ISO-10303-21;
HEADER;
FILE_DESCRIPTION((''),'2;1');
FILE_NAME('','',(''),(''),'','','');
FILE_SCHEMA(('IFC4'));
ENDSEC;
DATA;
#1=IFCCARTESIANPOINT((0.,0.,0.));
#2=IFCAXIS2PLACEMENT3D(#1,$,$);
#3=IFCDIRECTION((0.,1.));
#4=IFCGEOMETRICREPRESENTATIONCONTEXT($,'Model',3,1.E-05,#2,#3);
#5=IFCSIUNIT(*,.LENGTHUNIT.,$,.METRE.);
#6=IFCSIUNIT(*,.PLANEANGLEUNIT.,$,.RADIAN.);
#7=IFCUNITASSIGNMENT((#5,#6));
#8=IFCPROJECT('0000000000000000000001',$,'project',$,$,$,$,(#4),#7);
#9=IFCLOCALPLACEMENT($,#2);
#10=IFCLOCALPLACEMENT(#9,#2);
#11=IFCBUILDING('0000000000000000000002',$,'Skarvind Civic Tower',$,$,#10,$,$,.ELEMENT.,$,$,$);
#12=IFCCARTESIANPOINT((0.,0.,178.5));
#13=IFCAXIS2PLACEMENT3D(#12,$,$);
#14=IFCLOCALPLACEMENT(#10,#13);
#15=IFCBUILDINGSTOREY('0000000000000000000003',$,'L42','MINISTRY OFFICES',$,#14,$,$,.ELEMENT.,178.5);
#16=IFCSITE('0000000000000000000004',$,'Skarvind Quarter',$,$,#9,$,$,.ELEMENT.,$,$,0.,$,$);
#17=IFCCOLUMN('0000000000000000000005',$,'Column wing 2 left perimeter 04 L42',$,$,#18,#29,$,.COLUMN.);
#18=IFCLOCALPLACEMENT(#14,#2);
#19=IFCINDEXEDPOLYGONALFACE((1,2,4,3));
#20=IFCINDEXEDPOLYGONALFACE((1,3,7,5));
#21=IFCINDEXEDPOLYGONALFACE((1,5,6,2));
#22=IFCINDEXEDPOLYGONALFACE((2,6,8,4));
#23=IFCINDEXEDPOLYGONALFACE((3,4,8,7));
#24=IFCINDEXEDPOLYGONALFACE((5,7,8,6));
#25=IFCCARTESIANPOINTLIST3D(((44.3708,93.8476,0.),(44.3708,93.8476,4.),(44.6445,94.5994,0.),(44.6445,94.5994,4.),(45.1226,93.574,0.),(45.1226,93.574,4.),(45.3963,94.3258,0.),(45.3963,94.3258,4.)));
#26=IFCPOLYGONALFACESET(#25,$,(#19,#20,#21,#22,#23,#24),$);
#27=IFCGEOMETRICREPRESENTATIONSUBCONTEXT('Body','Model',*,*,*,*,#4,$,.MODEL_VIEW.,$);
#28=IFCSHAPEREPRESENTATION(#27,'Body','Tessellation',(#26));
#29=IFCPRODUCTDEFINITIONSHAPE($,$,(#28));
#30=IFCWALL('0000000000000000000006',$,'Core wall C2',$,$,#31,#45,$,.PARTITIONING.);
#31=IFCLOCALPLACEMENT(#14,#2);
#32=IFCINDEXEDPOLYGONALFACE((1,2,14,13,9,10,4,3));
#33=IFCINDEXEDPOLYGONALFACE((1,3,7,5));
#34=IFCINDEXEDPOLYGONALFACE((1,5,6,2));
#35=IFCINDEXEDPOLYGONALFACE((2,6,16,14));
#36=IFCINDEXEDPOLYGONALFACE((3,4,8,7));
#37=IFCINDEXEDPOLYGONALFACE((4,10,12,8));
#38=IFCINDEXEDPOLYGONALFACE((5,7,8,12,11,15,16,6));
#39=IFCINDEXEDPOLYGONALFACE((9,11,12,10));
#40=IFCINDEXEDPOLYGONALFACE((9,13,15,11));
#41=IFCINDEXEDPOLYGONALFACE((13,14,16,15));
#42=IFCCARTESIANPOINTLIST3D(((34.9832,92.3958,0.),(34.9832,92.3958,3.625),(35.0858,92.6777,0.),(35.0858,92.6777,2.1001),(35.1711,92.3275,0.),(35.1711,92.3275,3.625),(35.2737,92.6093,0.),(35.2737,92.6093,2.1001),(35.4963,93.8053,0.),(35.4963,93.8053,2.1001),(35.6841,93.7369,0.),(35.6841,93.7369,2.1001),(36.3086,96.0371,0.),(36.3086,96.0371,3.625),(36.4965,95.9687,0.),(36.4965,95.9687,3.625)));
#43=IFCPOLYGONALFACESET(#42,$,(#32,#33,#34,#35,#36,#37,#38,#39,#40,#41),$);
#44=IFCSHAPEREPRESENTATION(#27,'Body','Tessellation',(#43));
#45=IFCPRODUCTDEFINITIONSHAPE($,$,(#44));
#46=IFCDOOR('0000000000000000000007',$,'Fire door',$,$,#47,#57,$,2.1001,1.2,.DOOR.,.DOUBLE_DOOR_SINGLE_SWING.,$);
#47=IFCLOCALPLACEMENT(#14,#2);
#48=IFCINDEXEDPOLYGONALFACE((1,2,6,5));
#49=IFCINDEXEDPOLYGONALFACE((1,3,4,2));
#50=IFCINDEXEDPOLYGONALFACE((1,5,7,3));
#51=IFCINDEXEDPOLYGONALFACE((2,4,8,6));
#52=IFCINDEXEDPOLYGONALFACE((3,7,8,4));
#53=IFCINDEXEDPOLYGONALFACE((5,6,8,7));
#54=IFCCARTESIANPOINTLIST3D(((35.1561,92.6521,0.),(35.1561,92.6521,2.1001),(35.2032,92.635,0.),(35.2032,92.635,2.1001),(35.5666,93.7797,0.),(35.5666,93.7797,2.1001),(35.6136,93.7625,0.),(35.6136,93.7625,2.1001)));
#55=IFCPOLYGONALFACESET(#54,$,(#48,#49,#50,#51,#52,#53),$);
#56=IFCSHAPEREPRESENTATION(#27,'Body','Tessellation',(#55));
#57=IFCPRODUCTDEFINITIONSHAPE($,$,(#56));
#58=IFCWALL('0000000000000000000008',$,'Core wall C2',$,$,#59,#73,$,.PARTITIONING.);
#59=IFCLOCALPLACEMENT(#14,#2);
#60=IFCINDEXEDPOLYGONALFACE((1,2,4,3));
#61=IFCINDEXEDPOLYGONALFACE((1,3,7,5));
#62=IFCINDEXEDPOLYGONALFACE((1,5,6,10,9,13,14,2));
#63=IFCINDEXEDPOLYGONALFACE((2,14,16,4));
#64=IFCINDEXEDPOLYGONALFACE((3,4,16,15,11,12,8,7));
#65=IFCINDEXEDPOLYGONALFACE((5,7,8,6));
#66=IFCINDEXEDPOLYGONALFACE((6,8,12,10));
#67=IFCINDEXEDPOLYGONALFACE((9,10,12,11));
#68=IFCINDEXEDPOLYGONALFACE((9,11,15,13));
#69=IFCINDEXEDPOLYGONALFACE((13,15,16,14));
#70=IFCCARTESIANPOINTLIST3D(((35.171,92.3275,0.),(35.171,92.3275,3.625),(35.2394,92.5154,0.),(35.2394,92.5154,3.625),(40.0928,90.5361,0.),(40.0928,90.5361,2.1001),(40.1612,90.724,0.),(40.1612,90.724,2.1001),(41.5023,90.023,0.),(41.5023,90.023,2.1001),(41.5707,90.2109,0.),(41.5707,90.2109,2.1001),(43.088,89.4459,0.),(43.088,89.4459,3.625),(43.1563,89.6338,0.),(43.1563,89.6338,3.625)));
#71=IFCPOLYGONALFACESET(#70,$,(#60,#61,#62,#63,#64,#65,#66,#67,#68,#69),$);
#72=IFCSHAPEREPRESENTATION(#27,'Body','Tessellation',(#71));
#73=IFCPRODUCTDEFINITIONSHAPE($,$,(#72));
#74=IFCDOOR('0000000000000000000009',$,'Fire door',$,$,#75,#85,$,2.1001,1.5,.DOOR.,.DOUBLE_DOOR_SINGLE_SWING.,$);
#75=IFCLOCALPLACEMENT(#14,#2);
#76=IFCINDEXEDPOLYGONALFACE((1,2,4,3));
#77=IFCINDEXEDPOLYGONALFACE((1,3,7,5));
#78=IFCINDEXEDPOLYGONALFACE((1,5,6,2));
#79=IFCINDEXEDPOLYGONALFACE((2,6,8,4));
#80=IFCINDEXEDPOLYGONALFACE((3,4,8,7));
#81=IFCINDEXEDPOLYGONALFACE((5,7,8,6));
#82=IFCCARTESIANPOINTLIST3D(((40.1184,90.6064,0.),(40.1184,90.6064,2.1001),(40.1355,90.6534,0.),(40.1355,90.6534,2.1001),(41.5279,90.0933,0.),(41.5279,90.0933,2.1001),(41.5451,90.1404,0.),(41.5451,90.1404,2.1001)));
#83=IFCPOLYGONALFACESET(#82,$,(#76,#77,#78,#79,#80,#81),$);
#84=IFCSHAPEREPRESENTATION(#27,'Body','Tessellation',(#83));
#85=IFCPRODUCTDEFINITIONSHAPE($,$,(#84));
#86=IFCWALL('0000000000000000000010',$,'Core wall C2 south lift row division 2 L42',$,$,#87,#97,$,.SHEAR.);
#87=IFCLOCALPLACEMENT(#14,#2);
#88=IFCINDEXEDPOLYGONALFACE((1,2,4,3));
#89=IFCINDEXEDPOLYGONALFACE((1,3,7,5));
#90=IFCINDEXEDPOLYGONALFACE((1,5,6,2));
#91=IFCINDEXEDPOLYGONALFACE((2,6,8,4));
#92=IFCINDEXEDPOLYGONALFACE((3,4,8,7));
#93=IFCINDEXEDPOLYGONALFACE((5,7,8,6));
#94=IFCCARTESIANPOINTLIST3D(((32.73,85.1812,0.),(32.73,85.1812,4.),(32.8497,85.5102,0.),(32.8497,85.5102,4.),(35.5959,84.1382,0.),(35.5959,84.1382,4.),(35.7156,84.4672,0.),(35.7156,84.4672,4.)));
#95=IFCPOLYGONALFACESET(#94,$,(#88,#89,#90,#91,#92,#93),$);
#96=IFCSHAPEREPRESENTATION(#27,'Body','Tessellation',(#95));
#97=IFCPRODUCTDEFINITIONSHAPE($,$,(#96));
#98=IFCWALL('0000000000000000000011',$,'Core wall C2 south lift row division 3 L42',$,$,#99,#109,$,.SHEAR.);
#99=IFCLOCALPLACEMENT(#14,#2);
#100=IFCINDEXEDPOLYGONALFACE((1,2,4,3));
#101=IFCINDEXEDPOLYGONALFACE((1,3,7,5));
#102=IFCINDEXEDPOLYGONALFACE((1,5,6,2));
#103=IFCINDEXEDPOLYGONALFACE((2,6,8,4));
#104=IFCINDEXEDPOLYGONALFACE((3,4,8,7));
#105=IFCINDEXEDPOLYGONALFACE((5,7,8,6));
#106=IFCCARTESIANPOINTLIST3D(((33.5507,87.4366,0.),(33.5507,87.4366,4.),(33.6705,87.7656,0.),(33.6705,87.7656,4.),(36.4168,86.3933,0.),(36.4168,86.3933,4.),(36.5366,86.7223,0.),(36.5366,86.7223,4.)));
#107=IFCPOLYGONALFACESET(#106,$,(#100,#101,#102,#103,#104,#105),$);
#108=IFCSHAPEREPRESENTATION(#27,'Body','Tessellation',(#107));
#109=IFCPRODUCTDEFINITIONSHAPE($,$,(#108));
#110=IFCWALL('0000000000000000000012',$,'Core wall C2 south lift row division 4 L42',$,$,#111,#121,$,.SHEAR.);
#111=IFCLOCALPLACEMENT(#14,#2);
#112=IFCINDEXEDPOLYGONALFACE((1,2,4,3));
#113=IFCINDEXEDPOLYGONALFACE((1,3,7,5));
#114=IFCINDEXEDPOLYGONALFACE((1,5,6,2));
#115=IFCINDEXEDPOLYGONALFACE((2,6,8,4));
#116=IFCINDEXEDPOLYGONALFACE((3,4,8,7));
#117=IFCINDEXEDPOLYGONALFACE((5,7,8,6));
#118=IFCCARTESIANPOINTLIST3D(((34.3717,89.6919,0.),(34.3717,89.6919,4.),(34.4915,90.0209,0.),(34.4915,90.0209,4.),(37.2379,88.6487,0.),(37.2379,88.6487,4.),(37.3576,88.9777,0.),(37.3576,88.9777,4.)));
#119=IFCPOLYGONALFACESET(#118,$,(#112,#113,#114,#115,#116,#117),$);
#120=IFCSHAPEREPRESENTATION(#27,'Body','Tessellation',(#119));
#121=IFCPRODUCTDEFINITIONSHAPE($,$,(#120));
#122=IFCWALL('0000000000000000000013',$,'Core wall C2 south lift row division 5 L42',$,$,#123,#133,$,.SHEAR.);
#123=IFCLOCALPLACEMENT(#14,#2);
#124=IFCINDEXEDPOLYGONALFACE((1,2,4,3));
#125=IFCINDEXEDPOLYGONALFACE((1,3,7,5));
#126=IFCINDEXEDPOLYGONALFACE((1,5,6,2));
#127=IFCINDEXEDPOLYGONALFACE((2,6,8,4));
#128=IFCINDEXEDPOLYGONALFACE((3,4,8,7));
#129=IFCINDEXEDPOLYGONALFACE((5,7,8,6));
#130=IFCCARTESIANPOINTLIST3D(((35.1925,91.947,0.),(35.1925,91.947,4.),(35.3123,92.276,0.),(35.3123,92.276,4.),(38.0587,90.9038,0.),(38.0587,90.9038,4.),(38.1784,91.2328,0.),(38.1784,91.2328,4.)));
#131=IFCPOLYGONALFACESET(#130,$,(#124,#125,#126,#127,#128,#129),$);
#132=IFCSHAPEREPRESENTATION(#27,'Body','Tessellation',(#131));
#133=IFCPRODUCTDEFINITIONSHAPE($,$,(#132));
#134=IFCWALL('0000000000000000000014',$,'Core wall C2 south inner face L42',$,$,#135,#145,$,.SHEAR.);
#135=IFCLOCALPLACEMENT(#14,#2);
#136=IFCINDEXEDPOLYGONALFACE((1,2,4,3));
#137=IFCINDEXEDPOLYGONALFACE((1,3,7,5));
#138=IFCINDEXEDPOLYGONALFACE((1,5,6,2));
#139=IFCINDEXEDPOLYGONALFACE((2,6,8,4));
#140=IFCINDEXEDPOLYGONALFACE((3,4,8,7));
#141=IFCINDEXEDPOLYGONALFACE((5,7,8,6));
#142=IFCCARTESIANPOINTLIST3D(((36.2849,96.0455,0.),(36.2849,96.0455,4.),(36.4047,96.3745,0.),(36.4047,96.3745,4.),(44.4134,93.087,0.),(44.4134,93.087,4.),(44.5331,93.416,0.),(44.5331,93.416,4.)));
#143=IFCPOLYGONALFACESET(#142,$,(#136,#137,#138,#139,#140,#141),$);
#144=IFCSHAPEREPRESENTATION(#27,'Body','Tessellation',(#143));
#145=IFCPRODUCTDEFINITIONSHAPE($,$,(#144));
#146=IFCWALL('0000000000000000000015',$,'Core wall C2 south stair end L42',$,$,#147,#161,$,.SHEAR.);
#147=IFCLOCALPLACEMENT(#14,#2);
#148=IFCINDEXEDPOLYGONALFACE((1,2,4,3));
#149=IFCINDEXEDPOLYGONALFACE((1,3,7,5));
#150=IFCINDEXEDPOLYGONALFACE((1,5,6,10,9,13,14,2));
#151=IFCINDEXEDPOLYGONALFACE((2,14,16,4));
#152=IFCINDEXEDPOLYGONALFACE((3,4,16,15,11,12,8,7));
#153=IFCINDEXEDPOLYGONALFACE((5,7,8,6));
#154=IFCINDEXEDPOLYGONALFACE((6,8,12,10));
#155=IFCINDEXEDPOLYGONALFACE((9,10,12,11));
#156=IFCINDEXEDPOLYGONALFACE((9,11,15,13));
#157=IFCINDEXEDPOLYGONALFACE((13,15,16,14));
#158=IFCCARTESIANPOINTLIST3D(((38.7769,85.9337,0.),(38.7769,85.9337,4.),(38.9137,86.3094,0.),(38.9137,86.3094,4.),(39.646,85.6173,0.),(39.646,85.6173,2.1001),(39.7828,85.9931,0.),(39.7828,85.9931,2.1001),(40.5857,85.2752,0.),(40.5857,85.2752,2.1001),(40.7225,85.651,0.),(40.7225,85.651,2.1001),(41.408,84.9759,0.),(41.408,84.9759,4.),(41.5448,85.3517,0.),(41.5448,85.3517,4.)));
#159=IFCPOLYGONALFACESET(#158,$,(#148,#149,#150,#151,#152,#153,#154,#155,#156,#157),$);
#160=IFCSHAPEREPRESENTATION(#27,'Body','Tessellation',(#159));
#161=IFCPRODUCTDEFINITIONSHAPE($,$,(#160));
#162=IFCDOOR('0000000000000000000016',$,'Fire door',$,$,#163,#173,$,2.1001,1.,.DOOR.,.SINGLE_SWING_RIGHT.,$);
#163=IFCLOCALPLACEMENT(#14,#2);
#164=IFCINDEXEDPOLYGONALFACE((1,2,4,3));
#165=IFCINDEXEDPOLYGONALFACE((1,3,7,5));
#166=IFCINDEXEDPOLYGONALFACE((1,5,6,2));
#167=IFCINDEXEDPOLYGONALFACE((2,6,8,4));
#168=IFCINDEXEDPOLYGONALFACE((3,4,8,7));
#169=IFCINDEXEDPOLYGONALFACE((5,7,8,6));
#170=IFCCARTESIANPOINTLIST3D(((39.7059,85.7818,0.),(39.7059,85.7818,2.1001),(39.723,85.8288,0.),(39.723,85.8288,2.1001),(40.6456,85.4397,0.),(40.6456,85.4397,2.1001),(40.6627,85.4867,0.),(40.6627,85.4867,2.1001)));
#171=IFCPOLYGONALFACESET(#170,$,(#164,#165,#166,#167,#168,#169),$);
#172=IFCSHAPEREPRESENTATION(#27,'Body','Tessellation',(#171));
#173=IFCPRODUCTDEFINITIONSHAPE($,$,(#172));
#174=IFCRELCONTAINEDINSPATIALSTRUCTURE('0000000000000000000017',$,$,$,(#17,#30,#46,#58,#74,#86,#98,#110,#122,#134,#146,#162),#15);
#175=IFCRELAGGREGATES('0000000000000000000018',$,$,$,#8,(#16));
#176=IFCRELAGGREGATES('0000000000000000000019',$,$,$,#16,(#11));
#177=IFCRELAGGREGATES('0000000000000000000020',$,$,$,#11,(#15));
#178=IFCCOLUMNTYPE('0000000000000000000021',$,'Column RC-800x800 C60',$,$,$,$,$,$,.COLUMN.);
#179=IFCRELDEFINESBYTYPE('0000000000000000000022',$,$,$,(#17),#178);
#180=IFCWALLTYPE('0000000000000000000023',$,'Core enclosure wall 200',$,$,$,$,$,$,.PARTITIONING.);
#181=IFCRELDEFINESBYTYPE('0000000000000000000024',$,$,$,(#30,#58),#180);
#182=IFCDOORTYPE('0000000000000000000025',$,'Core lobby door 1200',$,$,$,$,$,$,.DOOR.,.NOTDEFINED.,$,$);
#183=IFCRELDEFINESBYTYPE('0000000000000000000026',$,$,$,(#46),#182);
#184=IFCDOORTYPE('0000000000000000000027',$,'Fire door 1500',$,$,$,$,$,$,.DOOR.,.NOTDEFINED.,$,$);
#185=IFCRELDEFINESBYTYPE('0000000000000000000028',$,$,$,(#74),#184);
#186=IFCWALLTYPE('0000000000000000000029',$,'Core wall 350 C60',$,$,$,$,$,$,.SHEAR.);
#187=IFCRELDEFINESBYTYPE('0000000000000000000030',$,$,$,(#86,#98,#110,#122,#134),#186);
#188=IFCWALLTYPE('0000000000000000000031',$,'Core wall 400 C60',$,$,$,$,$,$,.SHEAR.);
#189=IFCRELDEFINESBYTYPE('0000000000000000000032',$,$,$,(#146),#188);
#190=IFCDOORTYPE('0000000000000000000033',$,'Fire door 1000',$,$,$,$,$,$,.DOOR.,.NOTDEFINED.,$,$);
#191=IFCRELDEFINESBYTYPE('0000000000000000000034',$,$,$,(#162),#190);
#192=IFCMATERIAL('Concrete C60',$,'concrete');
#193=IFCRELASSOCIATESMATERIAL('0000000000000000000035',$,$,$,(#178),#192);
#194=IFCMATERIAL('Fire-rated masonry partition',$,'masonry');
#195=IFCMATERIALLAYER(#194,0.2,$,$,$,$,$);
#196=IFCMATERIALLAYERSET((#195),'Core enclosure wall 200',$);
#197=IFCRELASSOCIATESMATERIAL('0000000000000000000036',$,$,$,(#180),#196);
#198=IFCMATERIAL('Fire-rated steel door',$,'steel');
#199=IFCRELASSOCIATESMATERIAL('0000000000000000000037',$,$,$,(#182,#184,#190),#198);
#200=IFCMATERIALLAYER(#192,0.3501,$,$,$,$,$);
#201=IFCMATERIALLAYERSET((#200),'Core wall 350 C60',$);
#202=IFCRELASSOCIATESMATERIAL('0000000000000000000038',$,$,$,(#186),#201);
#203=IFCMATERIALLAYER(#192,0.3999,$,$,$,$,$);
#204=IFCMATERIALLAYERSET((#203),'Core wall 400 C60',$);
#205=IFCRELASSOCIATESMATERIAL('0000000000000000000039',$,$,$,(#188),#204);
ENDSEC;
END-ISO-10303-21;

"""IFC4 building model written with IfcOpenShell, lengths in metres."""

from ifc_helpers import new_model, si_unit, direction, frame, frame_2d, origin, origin_2d, place, context, subcontext, project, spatial, rectangle, extrude, material, layer, layer_set, material_profile, profile_set, type_object, element, fill, save


model = new_model("IFC4")

# Units and contexts
model_context = context("Model", 3, precision=1e-05, world=origin(), true_north=direction((0.0, 1.0)))
body_context = subcontext(model_context, "Body", "Model", "MODEL_VIEW")
ifc_project = project(units=[si_unit("LENGTHUNIT", "METRE"), si_unit("PLANEANGLEUNIT", "RADIAN")], contexts=[model_context])

# Site, building, storey
site_placement = place(None, origin())
site = spatial("IfcSite", under=ifc_project, at=site_placement, Name="Skarvind Quarter", CompositionType="ELEMENT", RefElevation=0.0)
building_placement = place(site_placement, origin())
building = spatial("IfcBuilding", under=site, at=building_placement, Name="Skarvind Civic Tower", CompositionType="ELEMENT")
storey_placement = place(building_placement, frame((0.0, 0.0, 178.5)))
storey = spatial("IfcBuildingStorey", under=building, at=storey_placement, Name="L42", Description="MINISTRY OFFICES", CompositionType="ELEMENT", Elevation=178.5)

# Column
ifc_material_1 = material(Name="Concrete C60", Category="concrete")
ifc_material_profile_1 = material_profile(ifc_material_1, rectangle(XDim=0.8, YDim=0.8, at=origin_2d()), Name="RC-800x800")
ifc_profile_set_1 = profile_set([ifc_material_profile_1], Name="Concrete C60")
column_type = type_object("IfcColumnType", Name="Column RC-800x800 C60", PredefinedType="COLUMN", material=ifc_profile_set_1)
column_placement = place(storey_placement, frame((44.8835, 94.0867, 0.0), z_axis=(0.0, 0.0, 1.0), x_axis=(-0.34202, -0.939693, 0.0)))
element("IfcColumn", 1, at=column_placement, inside=storey, type_object=column_type, Name="Column wing 2 left perimeter 04 L42", PredefinedType="COLUMN", context=body_context, shape_type="SweptSolid", body=[
    extrude(rectangle(XDim=0.8, YDim=0.8, at=origin_2d()), origin(), (0.0, 0.0, 1.0), 4.0),
])

# Walls, openings, doors
ifc_material_2 = material(Name="Fire-rated masonry partition", Category="masonry")
ifc_layer_1 = layer(ifc_material_2, 0.2)
ifc_layer_set_1 = layer_set([ifc_layer_1], Name="Core enclosure wall 200")
wall_type_1 = type_object("IfcWallType", Name="Core enclosure wall 200", PredefinedType="PARTITIONING", material=ifc_layer_set_1)
wall_1_placement = place(storey_placement, frame((36.4026, 96.0029, 0.0), z_axis=(0.0, 0.0, 1.0), x_axis=(-0.342042, -0.939685, 0.0)))
wall_1 = element("IfcWall", 2, at=wall_1_placement, inside=storey, type_object=wall_type_1, Name="Core wall C2", PredefinedType="PARTITIONING", context=body_context, shape_type="SweptSolid", body=[
    extrude(rectangle(XDim=3.875, YDim=0.2, at=frame_2d((1.9375, 0.0))), origin(), (0.0, 0.0, 1.0), 3.625),
])
opening_1_placement = place(wall_1_placement, frame((2.375, 0.0, 0.0)))
opening_1 = element("IfcOpeningElement", 3, at=opening_1_placement, cuts=wall_1, PredefinedType="OPENING", context=body_context, shape_type="SweptSolid", body=[
    extrude(rectangle(XDim=1.2, YDim=2.1001, at=frame_2d((0.6001, 1.05))), frame((0.0, 0.1099, 0.0), z_axis=(0.0, -1.0, 0.0), x_axis=(1.0, 0.0, 0.0)), (0.0, 0.0, 1.0), 0.22),
])
ifc_material_3 = material(Name="Fire-rated steel door", Category="steel")
door_type_1 = type_object("IfcDoorType", Name="Core lobby door 1200", OperationType="NOTDEFINED", PredefinedType="DOOR", material=ifc_material_3)
door_1_placement = place(opening_1_placement, origin())
door_1 = element("IfcDoor", 4, at=door_1_placement, inside=storey, type_object=door_type_1, Name="Fire door", OperationType="DOUBLE_DOOR_SINGLE_SWING", OverallHeight=2.1001, OverallWidth=1.2, PredefinedType="DOOR", context=body_context, shape_type="SweptSolid", body=[
    extrude(rectangle(XDim=1.2, YDim=2.1001, at=frame_2d((0.6001, 1.05))), frame((0.0, 0.0249, 0.0), z_axis=(0.0, -1.0, 0.0), x_axis=(1.0, 0.0, 0.0)), (0.0, 0.0, 1.0), 0.05),
])
fill(opening_1, door_1)
wall_2_placement = place(storey_placement, frame((35.2053, 92.4214, 0.0), z_axis=(0.0, 0.0, 1.0), x_axis=(0.939691, -0.342025, 0.0)))
wall_2 = element("IfcWall", 5, at=wall_2_placement, inside=storey, type_object=wall_type_1, Name="Core wall C2", PredefinedType="PARTITIONING", context=body_context, shape_type="SweptSolid", body=[
    extrude(rectangle(XDim=8.425, YDim=0.2, at=frame_2d((4.2124, 0.0))), origin(), (0.0, 0.0, 1.0), 3.625),
])
opening_2_placement = place(wall_2_placement, frame((5.2375, 0.0, 0.0)))
opening_2 = element("IfcOpeningElement", 6, at=opening_2_placement, cuts=wall_2, PredefinedType="OPENING", context=body_context, shape_type="SweptSolid", body=[
    extrude(rectangle(XDim=1.5, YDim=2.1001, at=frame_2d((0.75, 1.05))), frame((0.0, 0.1099, 0.0), z_axis=(0.0, -1.0, 0.0), x_axis=(1.0, 0.0, 0.0)), (0.0, 0.0, 1.0), 0.22),
])
door_type_2 = type_object("IfcDoorType", Name="Fire door 1500", OperationType="NOTDEFINED", PredefinedType="DOOR", material=ifc_material_3)
door_2_placement = place(opening_2_placement, origin())
door_2 = element("IfcDoor", 7, at=door_2_placement, inside=storey, type_object=door_type_2, Name="Fire door", OperationType="DOUBLE_DOOR_SINGLE_SWING", OverallHeight=2.1001, OverallWidth=1.5, PredefinedType="DOOR", context=body_context, shape_type="SweptSolid", body=[
    extrude(rectangle(XDim=1.5, YDim=2.1001, at=frame_2d((0.75, 1.05))), frame((0.0, 0.0249, 0.0), z_axis=(0.0, -1.0, 0.0), x_axis=(1.0, 0.0, 0.0)), (0.0, 0.0, 1.0), 0.05),
])
fill(opening_2, door_2)

# Walls
ifc_layer_2 = layer(ifc_material_1, 0.3501)
ifc_layer_set_2 = layer_set([ifc_layer_2], Name="Core wall 350 C60")
wall_type_2 = type_object("IfcWallType", Name="Core wall 350 C60", PredefinedType="SHEAR", material=ifc_layer_set_2)
wall_3_placement = place(storey_placement, frame((35.6558, 84.3027, 0.0), z_axis=(0.0, 0.0, 1.0), x_axis=(-0.939709, 0.341974, 0.0)))
element("IfcWall", 8, at=wall_3_placement, inside=storey, type_object=wall_type_2, Name="Core wall C2 south lift row division 2 L42", PredefinedType="SHEAR", context=body_context, shape_type="SweptSolid", body=[
    extrude(rectangle(XDim=3.0498, YDim=0.3501, at=frame_2d((1.5249, 0.0))), origin(), (0.0, 0.0, 1.0), 4.0),
])
for number, where, z_axis, x_axis, name in (
    (9, (36.4766, 86.5579, 0.0), (0.0, 0.0, 1.0), (-0.939684, 0.342045, 0.0), "Core wall C2 south lift row division 3 L42"),
    (10, (37.2976, 88.8132, 0.0), (0.0, 0.0, 1.0), (-0.939693, 0.342019, 0.0), "Core wall C2 south lift row division 4 L42"),
    (11, (38.1184, 91.0684, 0.0), (0.0, 0.0, 1.0), (-0.939693, 0.342019, 0.0), "Core wall C2 south lift row division 5 L42"),
):
    element("IfcWall", number, at=place(storey_placement, frame(where, z_axis=z_axis, x_axis=x_axis)), inside=storey, type_object=wall_type_2, Name=name, PredefinedType="SHEAR", context=body_context, shape_type="SweptSolid", body=[
        extrude(rectangle(XDim=3.05, YDim=0.3501, at=frame_2d((1.5249, 0.0))), origin(), (0.0, 0.0, 1.0), 4.0),
    ])
wall_4_placement = place(storey_placement, frame((44.4734, 93.2515, 0.0), z_axis=(0.0, 0.0, 1.0), x_axis=(-0.939693, 0.34202, 0.0)))
element("IfcWall", 12, at=wall_4_placement, inside=storey, type_object=wall_type_2, Name="Core wall C2 south inner face L42", PredefinedType="SHEAR", context=body_context, shape_type="SweptSolid", body=[
    extrude(rectangle(XDim=8.6501, YDim=0.3501, at=frame_2d((4.3252, 0.0))), origin(), (0.0, 0.0, 1.0), 4.0),
])

# Wall, opening, door
ifc_layer_3 = layer(ifc_material_1, 0.3999)
ifc_layer_set_3 = layer_set([ifc_layer_3], Name="Core wall 400 C60")
wall_type_3 = type_object("IfcWallType", Name="Core wall 400 C60", PredefinedType="SHEAR", material=ifc_layer_set_3)
wall_5_placement = place(storey_placement, frame((41.4763, 85.1638, 0.0), z_axis=(0.0, 0.0, 1.0), x_axis=(-0.939679, 0.342058, 0.0)))
wall_5 = element("IfcWall", 13, at=wall_5_placement, inside=storey, type_object=wall_type_3, Name="Core wall C2 south stair end L42", PredefinedType="SHEAR", context=body_context, shape_type="SweptSolid", body=[
    extrude(rectangle(XDim=2.8, YDim=0.3999, at=frame_2d((1.3999, 0.0))), origin(), (0.0, 0.0, 1.0), 4.0),
])
opening_3_placement = place(wall_5_placement, frame((0.875, 0.0, 0.0)))
opening_3 = element("IfcOpeningElement", 14, at=opening_3_placement, cuts=wall_5, PredefinedType="OPENING", context=body_context, shape_type="SweptSolid", body=[
    extrude(rectangle(XDim=1.0, YDim=2.1001, at=frame_2d((0.5, 1.05))), frame((0.0, 0.21, 0.0), z_axis=(0.0, -1.0, 0.0), x_axis=(1.0, 0.0, 0.0)), (0.0, 0.0, 1.0), 0.4199),
])
door_type_3 = type_object("IfcDoorType", Name="Fire door 1000", OperationType="NOTDEFINED", PredefinedType="DOOR", material=ifc_material_3)
door_3_placement = place(opening_3_placement, origin())
door_3 = element("IfcDoor", 15, at=door_3_placement, inside=storey, type_object=door_type_3, Name="Fire door", OperationType="SINGLE_SWING_RIGHT", OverallHeight=2.1001, OverallWidth=1.0, PredefinedType="DOOR", context=body_context, shape_type="SweptSolid", body=[
    extrude(rectangle(XDim=1.0, YDim=2.1001, at=frame_2d((0.5, 1.05))), frame((0.0, 0.0249, 0.0), z_axis=(0.0, -1.0, 0.0), x_axis=(1.0, 0.0, 0.0)), (0.0, 0.0, 1.0), 0.05),
])
fill(opening_3, door_3)

save(model, "model.ifc")
